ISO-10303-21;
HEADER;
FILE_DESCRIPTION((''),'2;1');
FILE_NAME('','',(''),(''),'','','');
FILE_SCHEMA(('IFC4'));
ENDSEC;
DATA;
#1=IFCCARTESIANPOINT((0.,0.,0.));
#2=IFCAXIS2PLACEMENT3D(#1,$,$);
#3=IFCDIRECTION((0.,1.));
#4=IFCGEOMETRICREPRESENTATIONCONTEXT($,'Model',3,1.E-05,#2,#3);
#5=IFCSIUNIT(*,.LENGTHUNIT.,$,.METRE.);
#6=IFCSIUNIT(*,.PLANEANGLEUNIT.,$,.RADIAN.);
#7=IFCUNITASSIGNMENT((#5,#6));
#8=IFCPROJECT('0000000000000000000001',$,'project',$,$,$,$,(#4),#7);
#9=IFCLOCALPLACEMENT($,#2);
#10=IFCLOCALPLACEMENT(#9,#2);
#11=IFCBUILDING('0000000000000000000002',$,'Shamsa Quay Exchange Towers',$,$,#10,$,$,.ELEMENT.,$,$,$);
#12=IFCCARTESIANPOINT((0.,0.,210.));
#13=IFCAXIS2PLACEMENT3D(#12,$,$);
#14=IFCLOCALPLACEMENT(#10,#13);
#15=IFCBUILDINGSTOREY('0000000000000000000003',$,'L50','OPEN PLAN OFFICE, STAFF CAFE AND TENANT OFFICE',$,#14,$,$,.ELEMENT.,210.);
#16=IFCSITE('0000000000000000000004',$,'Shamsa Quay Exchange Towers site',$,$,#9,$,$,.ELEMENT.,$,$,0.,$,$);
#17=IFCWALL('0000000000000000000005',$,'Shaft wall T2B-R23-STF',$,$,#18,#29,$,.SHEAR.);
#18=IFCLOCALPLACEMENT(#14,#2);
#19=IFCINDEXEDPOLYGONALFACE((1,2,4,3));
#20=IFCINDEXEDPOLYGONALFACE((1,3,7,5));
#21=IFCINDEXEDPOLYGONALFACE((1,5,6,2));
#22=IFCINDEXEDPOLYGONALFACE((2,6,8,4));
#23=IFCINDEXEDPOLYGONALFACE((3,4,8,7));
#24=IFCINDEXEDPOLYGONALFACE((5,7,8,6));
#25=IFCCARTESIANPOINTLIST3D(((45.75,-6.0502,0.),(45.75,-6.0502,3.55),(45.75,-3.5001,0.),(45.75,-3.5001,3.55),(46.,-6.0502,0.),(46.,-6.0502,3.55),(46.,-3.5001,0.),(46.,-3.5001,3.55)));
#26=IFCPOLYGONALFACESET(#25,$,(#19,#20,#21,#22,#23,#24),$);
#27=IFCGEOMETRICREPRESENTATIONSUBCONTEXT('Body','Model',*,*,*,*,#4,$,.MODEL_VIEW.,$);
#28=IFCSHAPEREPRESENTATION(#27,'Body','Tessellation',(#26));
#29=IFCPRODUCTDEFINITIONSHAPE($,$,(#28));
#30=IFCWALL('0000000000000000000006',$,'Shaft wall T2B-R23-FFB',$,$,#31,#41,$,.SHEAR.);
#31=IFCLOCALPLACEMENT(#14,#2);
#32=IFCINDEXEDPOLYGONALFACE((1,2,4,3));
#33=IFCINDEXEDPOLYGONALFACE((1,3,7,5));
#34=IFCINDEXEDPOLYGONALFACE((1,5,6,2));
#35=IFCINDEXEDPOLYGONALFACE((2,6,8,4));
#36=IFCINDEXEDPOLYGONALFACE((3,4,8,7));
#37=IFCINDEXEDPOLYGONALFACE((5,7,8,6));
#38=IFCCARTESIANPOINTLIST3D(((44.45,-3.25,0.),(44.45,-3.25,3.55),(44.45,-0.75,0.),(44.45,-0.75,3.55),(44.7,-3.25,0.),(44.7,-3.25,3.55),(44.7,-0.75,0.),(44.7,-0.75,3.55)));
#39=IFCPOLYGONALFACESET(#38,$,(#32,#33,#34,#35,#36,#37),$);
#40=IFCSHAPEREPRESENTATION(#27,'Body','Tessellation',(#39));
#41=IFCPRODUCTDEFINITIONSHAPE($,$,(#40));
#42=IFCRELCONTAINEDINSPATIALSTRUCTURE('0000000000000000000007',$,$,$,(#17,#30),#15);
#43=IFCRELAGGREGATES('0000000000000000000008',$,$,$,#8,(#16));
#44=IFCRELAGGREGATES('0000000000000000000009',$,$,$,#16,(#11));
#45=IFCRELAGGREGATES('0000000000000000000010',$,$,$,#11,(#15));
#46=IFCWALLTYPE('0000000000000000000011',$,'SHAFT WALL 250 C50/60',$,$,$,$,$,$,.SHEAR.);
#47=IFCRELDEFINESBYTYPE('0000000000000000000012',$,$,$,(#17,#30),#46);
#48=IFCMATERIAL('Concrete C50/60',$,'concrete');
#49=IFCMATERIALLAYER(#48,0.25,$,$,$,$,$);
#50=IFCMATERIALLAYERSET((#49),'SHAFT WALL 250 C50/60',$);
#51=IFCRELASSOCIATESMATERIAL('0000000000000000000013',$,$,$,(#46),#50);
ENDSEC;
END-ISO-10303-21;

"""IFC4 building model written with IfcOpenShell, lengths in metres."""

from ifc_helpers import new_model, si_unit, direction, frame, frame_2d, origin, place, context, subcontext, project, spatial, rectangle, extrude, material, layer, layer_set, type_object, element, save


model = new_model("IFC4")

# Units and contexts
model_context = context("Model", 3, precision=1e-05, world=origin(), true_north=direction((0.0, 1.0)))
body_context = subcontext(model_context, "Body", "Model", "MODEL_VIEW")
ifc_project = project(units=[si_unit("LENGTHUNIT", "METRE"), si_unit("PLANEANGLEUNIT", "RADIAN")], contexts=[model_context])

# Site, building, storey
site_placement = place(None, origin())
site = spatial("IfcSite", under=ifc_project, at=site_placement, Name="Shamsa Quay Exchange Towers site", CompositionType="ELEMENT", RefElevation=0.0)
building_placement = place(site_placement, origin())
building = spatial("IfcBuilding", under=site, at=building_placement, Name="Shamsa Quay Exchange Towers", CompositionType="ELEMENT")
storey_placement = place(building_placement, frame((0.0, 0.0, 210.0)))
storey = spatial("IfcBuildingStorey", under=building, at=storey_placement, Name="L50", Description="OPEN PLAN OFFICE, STAFF CAFE AND TENANT OFFICE", CompositionType="ELEMENT", Elevation=210.0)

# Walls
ifc_material_1 = material(Name="Concrete C50/60", Category="concrete")
ifc_layer_1 = layer(ifc_material_1, 0.25)
ifc_layer_set_1 = layer_set([ifc_layer_1], Name="SHAFT WALL 250 C50/60")
wall_type_1 = type_object("IfcWallType", Name="SHAFT WALL 250 C50/60", PredefinedType="SHEAR", material=ifc_layer_set_1)
wall_1_placement = place(storey_placement, frame((45.875, -6.05, 0.0), z_axis=(0.0, 0.0, 1.0), x_axis=(0.0, 1.0, 0.0)))
element("IfcWall", 1, at=wall_1_placement, inside=storey, type_object=wall_type_1, Name="Shaft wall T2B-R23-STF", PredefinedType="SHEAR", context=body_context, shape_type="SweptSolid", body=[
    extrude(rectangle(XDim=2.55, YDim=0.25, at=frame_2d((1.2749, 0.0))), origin(), (0.0, 0.0, 1.0), 3.55),
])
wall_2_placement = place(storey_placement, frame((44.575, -3.25, 0.0), z_axis=(0.0, 0.0, 1.0), x_axis=(0.0, 1.0, 0.0)))
element("IfcWall", 2, at=wall_2_placement, inside=storey, type_object=wall_type_1, Name="Shaft wall T2B-R23-FFB", PredefinedType="SHEAR", context=body_context, shape_type="SweptSolid", body=[
    extrude(rectangle(XDim=2.5, YDim=0.25, at=frame_2d((1.25, 0.0))), origin(), (0.0, 0.0, 1.0), 3.55),
])

save(model, "model.ifc")
